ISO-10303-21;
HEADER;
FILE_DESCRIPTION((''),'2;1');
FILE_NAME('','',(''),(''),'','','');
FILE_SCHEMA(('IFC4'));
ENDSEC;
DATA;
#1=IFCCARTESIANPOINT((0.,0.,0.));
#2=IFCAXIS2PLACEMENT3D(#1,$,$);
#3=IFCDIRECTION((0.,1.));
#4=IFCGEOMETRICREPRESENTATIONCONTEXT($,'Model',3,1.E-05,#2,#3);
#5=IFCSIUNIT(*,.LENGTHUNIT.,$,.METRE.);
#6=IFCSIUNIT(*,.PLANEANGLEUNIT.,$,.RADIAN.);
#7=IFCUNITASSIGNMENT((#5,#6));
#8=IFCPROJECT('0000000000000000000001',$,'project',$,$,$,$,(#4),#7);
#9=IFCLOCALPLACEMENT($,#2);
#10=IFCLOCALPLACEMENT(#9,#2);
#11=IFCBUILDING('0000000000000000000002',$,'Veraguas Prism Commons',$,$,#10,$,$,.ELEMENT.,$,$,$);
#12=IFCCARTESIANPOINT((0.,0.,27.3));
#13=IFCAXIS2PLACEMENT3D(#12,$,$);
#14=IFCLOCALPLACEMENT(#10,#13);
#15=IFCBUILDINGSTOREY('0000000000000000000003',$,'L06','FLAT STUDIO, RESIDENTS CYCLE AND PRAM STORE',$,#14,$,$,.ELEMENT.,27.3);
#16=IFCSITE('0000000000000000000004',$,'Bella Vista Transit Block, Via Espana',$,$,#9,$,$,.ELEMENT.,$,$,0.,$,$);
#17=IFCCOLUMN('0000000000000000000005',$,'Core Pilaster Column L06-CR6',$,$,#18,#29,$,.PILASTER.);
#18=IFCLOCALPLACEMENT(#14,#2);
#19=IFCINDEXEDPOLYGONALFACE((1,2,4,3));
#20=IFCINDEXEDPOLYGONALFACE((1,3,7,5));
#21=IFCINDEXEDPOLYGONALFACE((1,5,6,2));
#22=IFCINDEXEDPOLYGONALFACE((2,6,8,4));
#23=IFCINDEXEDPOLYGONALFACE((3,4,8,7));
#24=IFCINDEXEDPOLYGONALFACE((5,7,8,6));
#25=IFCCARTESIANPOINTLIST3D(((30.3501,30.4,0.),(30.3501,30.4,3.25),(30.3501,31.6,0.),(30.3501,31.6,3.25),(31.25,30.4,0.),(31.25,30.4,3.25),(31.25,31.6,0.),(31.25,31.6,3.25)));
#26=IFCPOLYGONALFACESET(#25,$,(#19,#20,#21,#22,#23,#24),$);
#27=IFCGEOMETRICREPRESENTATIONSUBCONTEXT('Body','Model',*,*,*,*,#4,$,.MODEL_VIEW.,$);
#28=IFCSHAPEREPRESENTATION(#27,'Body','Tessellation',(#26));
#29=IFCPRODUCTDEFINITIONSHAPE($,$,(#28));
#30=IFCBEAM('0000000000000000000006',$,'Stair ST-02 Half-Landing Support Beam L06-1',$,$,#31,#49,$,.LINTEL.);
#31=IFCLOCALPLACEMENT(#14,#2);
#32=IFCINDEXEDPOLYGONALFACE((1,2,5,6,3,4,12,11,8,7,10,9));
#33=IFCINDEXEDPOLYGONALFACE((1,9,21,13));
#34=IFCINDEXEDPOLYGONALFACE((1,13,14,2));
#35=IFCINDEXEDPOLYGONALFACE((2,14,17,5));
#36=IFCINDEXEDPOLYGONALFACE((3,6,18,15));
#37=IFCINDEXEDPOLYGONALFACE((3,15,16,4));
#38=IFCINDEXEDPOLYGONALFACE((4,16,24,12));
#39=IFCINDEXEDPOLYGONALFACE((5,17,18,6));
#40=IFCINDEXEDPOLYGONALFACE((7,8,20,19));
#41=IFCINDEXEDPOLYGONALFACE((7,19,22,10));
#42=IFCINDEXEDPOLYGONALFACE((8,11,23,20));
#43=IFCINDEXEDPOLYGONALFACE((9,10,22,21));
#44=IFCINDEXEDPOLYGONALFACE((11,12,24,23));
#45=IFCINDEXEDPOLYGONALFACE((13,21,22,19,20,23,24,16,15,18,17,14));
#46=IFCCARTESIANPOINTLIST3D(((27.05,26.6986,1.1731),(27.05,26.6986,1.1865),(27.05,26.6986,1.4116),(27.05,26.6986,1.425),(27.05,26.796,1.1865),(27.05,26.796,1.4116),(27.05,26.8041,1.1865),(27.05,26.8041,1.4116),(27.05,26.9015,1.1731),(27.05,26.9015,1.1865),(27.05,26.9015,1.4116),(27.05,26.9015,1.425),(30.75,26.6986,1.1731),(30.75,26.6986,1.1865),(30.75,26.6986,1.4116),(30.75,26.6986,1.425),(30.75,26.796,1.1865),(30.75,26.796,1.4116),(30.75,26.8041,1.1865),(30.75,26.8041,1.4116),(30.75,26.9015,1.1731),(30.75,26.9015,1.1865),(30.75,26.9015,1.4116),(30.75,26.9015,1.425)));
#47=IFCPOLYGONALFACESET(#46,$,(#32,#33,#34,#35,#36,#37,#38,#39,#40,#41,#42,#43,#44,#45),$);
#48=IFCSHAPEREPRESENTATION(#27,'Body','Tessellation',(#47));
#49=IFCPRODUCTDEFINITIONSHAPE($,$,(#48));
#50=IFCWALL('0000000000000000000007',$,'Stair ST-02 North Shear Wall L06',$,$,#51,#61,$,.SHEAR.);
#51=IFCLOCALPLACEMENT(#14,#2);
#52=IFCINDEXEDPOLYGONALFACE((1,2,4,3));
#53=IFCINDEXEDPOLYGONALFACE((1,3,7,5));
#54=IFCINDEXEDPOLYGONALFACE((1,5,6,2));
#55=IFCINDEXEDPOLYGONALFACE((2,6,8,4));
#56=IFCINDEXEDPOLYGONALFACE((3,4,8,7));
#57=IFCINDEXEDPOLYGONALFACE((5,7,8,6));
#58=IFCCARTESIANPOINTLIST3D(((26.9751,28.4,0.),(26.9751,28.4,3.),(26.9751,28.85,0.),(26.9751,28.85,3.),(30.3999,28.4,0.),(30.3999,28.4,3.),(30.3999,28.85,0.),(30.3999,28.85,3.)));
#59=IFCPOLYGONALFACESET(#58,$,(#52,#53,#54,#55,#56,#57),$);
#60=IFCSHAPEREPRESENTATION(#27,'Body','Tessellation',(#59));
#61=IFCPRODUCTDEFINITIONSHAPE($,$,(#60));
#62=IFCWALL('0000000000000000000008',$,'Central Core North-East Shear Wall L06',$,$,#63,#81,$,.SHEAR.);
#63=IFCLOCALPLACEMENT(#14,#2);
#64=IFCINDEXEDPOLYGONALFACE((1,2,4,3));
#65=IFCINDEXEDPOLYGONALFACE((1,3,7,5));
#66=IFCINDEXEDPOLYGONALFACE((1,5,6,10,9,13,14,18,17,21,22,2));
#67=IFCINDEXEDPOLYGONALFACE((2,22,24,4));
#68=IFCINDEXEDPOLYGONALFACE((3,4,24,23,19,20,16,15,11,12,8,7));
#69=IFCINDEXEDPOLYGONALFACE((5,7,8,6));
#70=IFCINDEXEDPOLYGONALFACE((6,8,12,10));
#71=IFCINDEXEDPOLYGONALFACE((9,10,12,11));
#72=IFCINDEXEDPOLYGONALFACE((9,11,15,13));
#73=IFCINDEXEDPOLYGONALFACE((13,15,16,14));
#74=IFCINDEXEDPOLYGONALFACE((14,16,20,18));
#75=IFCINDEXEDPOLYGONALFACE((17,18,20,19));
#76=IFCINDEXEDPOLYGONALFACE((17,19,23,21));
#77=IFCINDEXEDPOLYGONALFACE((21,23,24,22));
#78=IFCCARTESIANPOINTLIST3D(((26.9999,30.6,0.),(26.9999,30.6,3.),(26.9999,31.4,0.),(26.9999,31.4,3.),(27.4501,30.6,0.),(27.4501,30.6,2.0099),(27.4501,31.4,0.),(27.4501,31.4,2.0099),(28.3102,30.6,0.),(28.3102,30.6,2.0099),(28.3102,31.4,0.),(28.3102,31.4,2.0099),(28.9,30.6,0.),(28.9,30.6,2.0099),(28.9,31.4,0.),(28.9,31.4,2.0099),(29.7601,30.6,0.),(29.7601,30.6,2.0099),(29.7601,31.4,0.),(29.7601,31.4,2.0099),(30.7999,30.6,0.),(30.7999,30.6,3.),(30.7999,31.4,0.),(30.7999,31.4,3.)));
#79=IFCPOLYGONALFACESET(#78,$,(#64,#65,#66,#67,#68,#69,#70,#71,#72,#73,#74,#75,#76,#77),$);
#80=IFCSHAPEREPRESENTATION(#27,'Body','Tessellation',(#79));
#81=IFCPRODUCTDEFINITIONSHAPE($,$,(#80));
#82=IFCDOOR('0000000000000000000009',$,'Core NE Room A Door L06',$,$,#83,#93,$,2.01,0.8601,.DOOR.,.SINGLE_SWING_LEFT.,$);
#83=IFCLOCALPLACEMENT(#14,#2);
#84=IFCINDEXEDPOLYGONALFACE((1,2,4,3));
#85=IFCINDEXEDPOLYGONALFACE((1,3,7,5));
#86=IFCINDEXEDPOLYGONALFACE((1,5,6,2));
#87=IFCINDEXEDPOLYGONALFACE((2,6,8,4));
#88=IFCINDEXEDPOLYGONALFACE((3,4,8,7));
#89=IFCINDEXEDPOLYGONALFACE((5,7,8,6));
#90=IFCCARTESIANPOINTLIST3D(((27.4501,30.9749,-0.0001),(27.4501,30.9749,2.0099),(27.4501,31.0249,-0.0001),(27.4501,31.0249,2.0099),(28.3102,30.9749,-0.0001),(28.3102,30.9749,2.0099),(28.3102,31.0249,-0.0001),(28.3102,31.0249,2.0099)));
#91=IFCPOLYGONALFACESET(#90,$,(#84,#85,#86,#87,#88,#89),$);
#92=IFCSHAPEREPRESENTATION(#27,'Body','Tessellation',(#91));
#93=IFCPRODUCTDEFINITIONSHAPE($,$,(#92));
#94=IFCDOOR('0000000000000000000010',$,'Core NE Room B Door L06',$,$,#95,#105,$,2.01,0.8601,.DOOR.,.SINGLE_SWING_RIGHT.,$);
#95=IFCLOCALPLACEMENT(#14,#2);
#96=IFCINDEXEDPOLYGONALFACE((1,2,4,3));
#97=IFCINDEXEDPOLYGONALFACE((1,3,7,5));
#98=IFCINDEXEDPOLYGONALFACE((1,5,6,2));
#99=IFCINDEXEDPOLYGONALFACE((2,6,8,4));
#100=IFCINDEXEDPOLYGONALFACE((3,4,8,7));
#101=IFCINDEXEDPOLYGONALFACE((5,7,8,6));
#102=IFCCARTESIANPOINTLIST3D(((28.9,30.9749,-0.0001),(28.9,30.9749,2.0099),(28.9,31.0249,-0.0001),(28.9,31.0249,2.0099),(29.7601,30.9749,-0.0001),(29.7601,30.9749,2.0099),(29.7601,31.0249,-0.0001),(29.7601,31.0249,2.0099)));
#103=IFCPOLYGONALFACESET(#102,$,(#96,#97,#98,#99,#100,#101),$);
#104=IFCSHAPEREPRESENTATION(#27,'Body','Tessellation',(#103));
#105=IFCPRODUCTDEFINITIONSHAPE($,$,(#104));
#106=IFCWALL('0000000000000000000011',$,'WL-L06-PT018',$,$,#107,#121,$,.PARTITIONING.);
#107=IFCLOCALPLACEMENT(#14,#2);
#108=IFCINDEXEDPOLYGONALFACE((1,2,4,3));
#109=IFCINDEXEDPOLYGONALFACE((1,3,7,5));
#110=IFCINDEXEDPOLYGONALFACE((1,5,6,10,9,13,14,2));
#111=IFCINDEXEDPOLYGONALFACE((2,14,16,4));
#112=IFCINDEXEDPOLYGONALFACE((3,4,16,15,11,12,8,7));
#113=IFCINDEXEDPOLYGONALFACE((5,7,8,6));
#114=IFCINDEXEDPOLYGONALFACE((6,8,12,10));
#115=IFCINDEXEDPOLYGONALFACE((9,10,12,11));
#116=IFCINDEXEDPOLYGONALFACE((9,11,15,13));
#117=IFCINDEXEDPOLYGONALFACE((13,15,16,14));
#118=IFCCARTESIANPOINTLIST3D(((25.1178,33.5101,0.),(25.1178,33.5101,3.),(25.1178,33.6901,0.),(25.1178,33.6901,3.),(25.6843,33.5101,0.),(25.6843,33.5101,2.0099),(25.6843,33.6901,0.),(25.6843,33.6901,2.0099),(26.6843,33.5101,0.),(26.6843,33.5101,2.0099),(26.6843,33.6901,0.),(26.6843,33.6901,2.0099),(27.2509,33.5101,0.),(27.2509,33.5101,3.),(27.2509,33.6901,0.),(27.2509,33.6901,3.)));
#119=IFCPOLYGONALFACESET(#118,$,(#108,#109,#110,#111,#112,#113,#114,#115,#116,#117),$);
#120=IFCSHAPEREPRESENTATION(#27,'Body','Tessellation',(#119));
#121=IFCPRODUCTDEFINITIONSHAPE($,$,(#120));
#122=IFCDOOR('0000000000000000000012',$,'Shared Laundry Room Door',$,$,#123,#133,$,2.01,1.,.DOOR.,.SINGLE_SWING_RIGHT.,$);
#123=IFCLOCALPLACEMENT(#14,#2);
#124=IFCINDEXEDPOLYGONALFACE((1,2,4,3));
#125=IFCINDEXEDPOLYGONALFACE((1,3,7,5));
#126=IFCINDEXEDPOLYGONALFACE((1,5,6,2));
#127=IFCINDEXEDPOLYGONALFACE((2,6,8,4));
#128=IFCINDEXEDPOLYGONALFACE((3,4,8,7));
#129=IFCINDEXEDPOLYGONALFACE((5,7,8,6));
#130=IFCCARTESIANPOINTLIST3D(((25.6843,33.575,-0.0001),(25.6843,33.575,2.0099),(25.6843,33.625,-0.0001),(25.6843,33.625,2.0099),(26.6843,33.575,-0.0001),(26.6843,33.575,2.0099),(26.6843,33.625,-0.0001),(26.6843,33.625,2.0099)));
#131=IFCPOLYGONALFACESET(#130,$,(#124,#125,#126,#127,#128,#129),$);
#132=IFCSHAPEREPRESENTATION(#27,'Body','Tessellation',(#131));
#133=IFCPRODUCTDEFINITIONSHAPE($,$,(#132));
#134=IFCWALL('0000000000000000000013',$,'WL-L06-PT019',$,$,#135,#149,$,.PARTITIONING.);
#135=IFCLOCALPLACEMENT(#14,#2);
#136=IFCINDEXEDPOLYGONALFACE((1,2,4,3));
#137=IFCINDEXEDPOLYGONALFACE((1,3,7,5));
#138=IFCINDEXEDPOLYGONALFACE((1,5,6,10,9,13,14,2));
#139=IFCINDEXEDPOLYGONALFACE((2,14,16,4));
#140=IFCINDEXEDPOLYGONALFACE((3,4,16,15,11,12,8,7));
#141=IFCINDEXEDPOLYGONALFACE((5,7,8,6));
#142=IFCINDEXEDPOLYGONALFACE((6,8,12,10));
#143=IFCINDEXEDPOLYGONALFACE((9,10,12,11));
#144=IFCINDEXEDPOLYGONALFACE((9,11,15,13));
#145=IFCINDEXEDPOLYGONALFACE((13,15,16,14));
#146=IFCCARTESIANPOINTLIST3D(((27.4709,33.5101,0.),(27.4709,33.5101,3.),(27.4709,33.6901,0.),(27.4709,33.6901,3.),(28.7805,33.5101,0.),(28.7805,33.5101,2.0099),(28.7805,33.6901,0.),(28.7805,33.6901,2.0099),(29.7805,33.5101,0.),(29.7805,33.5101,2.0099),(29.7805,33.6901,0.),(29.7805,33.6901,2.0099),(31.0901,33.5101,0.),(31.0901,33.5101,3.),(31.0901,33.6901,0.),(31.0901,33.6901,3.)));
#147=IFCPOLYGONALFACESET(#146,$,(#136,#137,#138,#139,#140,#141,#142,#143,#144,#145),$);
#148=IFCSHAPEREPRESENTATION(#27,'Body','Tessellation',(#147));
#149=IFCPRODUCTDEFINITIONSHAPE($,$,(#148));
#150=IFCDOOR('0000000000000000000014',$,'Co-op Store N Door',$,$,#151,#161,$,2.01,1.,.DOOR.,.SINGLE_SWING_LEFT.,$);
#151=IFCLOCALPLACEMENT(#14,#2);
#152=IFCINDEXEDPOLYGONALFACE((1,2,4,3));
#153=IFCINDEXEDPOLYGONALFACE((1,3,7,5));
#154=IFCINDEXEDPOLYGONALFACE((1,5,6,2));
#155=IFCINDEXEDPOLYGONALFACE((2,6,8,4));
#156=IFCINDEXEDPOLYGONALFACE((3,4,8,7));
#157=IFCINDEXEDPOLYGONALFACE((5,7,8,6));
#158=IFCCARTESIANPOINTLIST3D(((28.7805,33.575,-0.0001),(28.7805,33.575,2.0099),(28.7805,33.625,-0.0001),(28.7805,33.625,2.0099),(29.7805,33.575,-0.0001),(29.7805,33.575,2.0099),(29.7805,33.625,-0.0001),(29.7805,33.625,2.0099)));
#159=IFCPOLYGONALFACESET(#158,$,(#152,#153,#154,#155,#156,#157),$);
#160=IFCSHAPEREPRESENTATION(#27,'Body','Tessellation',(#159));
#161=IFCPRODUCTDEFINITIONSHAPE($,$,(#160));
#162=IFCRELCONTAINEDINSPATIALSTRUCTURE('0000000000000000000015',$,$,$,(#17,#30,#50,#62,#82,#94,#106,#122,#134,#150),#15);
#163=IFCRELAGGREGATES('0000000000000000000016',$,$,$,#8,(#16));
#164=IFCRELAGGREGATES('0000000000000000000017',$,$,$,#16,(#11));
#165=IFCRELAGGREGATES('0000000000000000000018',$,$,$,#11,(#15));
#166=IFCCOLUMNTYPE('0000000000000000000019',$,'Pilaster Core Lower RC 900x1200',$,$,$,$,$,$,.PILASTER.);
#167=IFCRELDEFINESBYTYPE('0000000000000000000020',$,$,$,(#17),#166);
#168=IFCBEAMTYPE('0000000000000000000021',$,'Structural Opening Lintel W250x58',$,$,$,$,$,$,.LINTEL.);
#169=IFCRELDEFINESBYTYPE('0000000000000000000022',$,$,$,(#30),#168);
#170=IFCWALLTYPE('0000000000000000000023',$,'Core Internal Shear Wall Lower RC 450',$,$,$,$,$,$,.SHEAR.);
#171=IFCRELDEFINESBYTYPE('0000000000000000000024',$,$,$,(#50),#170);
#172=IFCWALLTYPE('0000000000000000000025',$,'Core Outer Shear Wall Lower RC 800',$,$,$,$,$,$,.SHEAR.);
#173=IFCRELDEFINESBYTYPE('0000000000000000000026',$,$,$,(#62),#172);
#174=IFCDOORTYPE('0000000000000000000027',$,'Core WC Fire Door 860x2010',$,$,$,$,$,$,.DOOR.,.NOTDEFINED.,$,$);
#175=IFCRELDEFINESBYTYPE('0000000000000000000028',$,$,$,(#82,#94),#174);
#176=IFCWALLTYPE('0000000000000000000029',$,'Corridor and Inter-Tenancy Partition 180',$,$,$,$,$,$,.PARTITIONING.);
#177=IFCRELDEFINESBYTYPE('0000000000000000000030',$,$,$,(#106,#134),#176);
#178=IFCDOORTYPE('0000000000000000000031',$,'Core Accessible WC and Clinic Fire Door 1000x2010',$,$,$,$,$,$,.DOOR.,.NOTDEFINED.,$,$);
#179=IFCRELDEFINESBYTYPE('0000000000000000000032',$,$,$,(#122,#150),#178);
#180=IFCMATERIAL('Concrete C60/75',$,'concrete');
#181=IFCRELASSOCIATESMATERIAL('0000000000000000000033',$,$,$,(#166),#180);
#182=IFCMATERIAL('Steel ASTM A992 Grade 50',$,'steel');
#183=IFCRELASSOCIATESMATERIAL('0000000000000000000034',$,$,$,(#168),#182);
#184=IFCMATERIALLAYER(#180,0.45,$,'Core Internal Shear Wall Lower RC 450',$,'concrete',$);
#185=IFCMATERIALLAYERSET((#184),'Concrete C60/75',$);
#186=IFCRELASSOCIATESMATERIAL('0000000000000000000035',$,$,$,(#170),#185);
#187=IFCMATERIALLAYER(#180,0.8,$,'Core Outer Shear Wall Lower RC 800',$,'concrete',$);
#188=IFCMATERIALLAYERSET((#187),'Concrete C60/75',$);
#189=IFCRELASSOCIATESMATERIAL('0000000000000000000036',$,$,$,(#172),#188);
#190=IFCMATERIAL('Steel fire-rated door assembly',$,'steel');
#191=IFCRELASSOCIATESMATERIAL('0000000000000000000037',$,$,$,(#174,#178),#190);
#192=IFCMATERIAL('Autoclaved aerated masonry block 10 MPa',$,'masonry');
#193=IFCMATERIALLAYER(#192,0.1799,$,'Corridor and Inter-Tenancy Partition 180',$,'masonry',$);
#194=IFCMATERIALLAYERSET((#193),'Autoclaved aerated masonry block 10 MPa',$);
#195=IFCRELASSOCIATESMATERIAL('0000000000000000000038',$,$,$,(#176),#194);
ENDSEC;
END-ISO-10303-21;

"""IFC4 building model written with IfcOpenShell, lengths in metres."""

from ifc_helpers import new_model, si_unit, direction, frame, frame_2d, origin, origin_2d, place, context, subcontext, project, spatial, rectangle, i_section, extrude, source, transform, mapped, material, layer, layer_set, material_profile, profile_set, type_object, element, fill, save


model = new_model("IFC4")

# Units and contexts
model_context = context("Model", 3, precision=1e-05, world=origin(), true_north=direction((0.0, 1.0)))
body_context = subcontext(model_context, "Body", "Model", "MODEL_VIEW")
ifc_project = project(units=[si_unit("LENGTHUNIT", "METRE"), si_unit("PLANEANGLEUNIT", "RADIAN")], contexts=[model_context])

# Site, building, storey
site_placement = place(None, origin())
site = spatial("IfcSite", under=ifc_project, at=site_placement, Name="Bella Vista Transit Block, Via Espana", CompositionType="ELEMENT", RefElevation=0.0)
building_placement = place(site_placement, origin())
building = spatial("IfcBuilding", under=site, at=building_placement, Name="Veraguas Prism Commons", CompositionType="ELEMENT")
storey_placement = place(building_placement, frame((0.0, 0.0, 27.3)))
storey = spatial("IfcBuildingStorey", under=building, at=storey_placement, Name="L06", Description="FLAT STUDIO, RESIDENTS CYCLE AND PRAM STORE", CompositionType="ELEMENT", Elevation=27.3)

# Column
ifc_material_1 = material(Name="Concrete C60/75", Category="concrete")
ifc_material_profile_1 = material_profile(ifc_material_1, rectangle(XDim=0.8999, YDim=1.2, at=origin_2d()), Name="RC900X1200")
ifc_profile_set_1 = profile_set([ifc_material_profile_1], Name="Concrete C60/75")
column_type = type_object("IfcColumnType", Name="Pilaster Core Lower RC 900x1200", PredefinedType="PILASTER", material=ifc_profile_set_1)
column_placement = place(storey_placement, frame((30.8, 31.0, 0.0), z_axis=(0.0, 0.0, 1.0), x_axis=(1.0, 0.0, 0.0)))
element("IfcColumn", 1, at=column_placement, inside=storey, type_object=column_type, Name="Core Pilaster Column L06-CR6", PredefinedType="PILASTER", context=body_context, shape_type="SweptSolid", body=[
    extrude(rectangle(XDim=0.8999, YDim=1.2, at=origin_2d()), origin(), (0.0, 0.0, 1.0), 3.25),
])

# Beam
ifc_material_2 = material(Name="Steel ASTM A992 Grade 50", Category="steel")
ifc_material_profile_2 = material_profile(ifc_material_2, i_section(OverallWidth=0.2029, OverallDepth=0.252, WebThickness=0.0081, FlangeThickness=0.0134, at=origin_2d()), Name="W250X58")
ifc_profile_set_2 = profile_set([ifc_material_profile_2], Name="Steel ASTM A992 Grade 50")
beam_type = type_object("IfcBeamType", Name="Structural Opening Lintel W250x58", PredefinedType="LINTEL", material=ifc_profile_set_2)
beam_placement = place(storey_placement, frame((27.05, 26.8, 1.2991), z_axis=(1.0, 0.0, 0.0), x_axis=(0.0, 1.0, 0.0)))
element("IfcBeam", 2, at=beam_placement, inside=storey, type_object=beam_type, Name="Stair ST-02 Half-Landing Support Beam L06-1", PredefinedType="LINTEL", context=body_context, shape_type="SweptSolid", body=[
    extrude(i_section(OverallWidth=0.2029, OverallDepth=0.252, WebThickness=0.0081, FlangeThickness=0.0134, at=origin_2d()), origin(), (0.0, 0.0, 1.0), 3.7),
])

# Wall
ifc_layer_1 = layer(ifc_material_1, 0.45, Name="Core Internal Shear Wall Lower RC 450", Category="concrete")
ifc_layer_set_1 = layer_set([ifc_layer_1], Name="Concrete C60/75")
wall_type_1 = type_object("IfcWallType", Name="Core Internal Shear Wall Lower RC 450", PredefinedType="SHEAR", material=ifc_layer_set_1)
wall_1_placement = place(storey_placement, frame((26.9751, 28.625, 0.0), z_axis=(0.0, 0.0, 1.0), x_axis=(1.0, 0.0, 0.0)))
element("IfcWall", 3, at=wall_1_placement, inside=storey, type_object=wall_type_1, Name="Stair ST-02 North Shear Wall L06", PredefinedType="SHEAR", context=body_context, shape_type="SweptSolid", body=[
    extrude(rectangle(XDim=3.4248, YDim=0.45, at=frame_2d((1.7124, 0.0))), origin(), (0.0, 0.0, 1.0), 3.0),
])

# Wall, openings, doors
ifc_layer_2 = layer(ifc_material_1, 0.8, Name="Core Outer Shear Wall Lower RC 800", Category="concrete")
ifc_layer_set_2 = layer_set([ifc_layer_2], Name="Concrete C60/75")
wall_type_2 = type_object("IfcWallType", Name="Core Outer Shear Wall Lower RC 800", PredefinedType="SHEAR", material=ifc_layer_set_2)
wall_2_placement = place(storey_placement, frame((27.0, 31.0, 0.0), z_axis=(0.0, 0.0, 1.0), x_axis=(1.0, 0.0, 0.0)))
wall_2 = element("IfcWall", 4, at=wall_2_placement, inside=storey, type_object=wall_type_2, Name="Central Core North-East Shear Wall L06", PredefinedType="SHEAR", context=body_context, shape_type="SweptSolid", body=[
    extrude(rectangle(XDim=3.8, YDim=0.8, at=frame_2d((1.8999, 0.0))), origin(), (0.0, 0.0, 1.0), 3.0),
])
opening_1_placement = place(wall_2_placement, frame((0.45, 0.0, 0.0)))
opening_1 = element("IfcOpeningElement", 5, at=opening_1_placement, cuts=wall_2, PredefinedType="OPENING", context=body_context, shape_type="SweptSolid", body=[
    extrude(rectangle(XDim=0.8601, YDim=2.01, at=frame_2d((0.4302, 1.0049))), frame((0.0, 0.4099, 0.0), z_axis=(0.0, -1.0, 0.0), x_axis=(1.0, 0.0, 0.0)), (0.0, 0.0, 1.0), 0.8201),
])
opening_2_placement = place(wall_2_placement, frame((1.8999, 0.0, 0.0)))
opening_2 = element("IfcOpeningElement", 6, at=opening_2_placement, cuts=wall_2, PredefinedType="OPENING", context=body_context, shape_type="SweptSolid", body=[
    extrude(rectangle(XDim=0.8601, YDim=2.01, at=frame_2d((0.4302, 1.0049))), frame((0.0, 0.4099, 0.0), z_axis=(0.0, -1.0, 0.0), x_axis=(1.0, 0.0, 0.0)), (0.0, 0.0, 1.0), 0.8201),
])
ifc_material_3 = material(Name="Steel fire-rated door assembly", Category="steel")
door_type_1 = type_object("IfcDoorType", Name="Core WC Fire Door 860x2010", OperationType="NOTDEFINED", PredefinedType="DOOR", material=ifc_material_3)
shared_shape_1 = source(origin(), body_context, "Body", "SweptSolid", [
    extrude(rectangle(XDim=0.8601, YDim=2.01, at=frame_2d((0.4302, 1.0049))), frame((0.0, 0.0249, 0.0), z_axis=(0.0, -1.0, 0.0), x_axis=(1.0, 0.0, 0.0)), (0.0, 0.0, 1.0), 0.05),
])
door_1_placement = place(opening_1_placement, origin())
door_1 = element("IfcDoor", 7, at=door_1_placement, inside=storey, type_object=door_type_1, Name="Core NE Room A Door L06", OperationType="SINGLE_SWING_LEFT", OverallHeight=2.01, OverallWidth=0.8601, PredefinedType="DOOR", context=body_context, shape_type="MappedRepresentation", body=[
    mapped(shared_shape_1, transform((0.0, 0.0, 0.0), scale=1.0)),
])
fill(opening_1, door_1)
door_2_placement = place(opening_2_placement, origin())
door_2 = element("IfcDoor", 8, at=door_2_placement, inside=storey, type_object=door_type_1, Name="Core NE Room B Door L06", OperationType="SINGLE_SWING_RIGHT", OverallHeight=2.01, OverallWidth=0.8601, PredefinedType="DOOR", context=body_context, shape_type="MappedRepresentation", body=[
    mapped(shared_shape_1, transform((0.0, 0.0, 0.0), scale=1.0)),
])
fill(opening_2, door_2)

# Walls, openings, doors
ifc_material_4 = material(Name="Autoclaved aerated masonry block 10 MPa", Category="masonry")
ifc_layer_3 = layer(ifc_material_4, 0.1799, Name="Corridor and Inter-Tenancy Partition 180", Category="masonry")
ifc_layer_set_3 = layer_set([ifc_layer_3], Name="Autoclaved aerated masonry block 10 MPa")
wall_type_3 = type_object("IfcWallType", Name="Corridor and Inter-Tenancy Partition 180", PredefinedType="PARTITIONING", material=ifc_layer_set_3)
wall_3_placement = place(storey_placement, frame((25.1179, 33.6001, 0.0), z_axis=(0.0, 0.0, 1.0), x_axis=(1.0, 0.0, 0.0)))
wall_3 = element("IfcWall", 9, at=wall_3_placement, inside=storey, type_object=wall_type_3, Name="WL-L06-PT018", PredefinedType="PARTITIONING", context=body_context, shape_type="SweptSolid", body=[
    extrude(rectangle(XDim=2.1331, YDim=0.1799, at=frame_2d((1.0664, 0.0))), origin(), (0.0, 0.0, 1.0), 3.0),
])
opening_3_placement = place(wall_3_placement, frame((0.5664, 0.0, 0.0)))
opening_3 = element("IfcOpeningElement", 10, at=opening_3_placement, cuts=wall_3, PredefinedType="OPENING", context=body_context, shape_type="SweptSolid", body=[
    extrude(rectangle(XDim=1.0, YDim=2.01, at=frame_2d((0.5, 1.0049))), frame((0.0, 0.0999, 0.0), z_axis=(0.0, -1.0, 0.0), x_axis=(1.0, 0.0, 0.0)), (0.0, 0.0, 1.0), 0.2),
])
door_type_2 = type_object("IfcDoorType", Name="Core Accessible WC and Clinic Fire Door 1000x2010", OperationType="NOTDEFINED", PredefinedType="DOOR", material=ifc_material_3)
shared_shape_2 = source(origin(), body_context, "Body", "SweptSolid", [
    extrude(rectangle(XDim=1.0, YDim=2.01, at=frame_2d((0.5, 1.0049))), frame((0.0, 0.0249, 0.0), z_axis=(0.0, -1.0, 0.0), x_axis=(1.0, 0.0, 0.0)), (0.0, 0.0, 1.0), 0.05),
])
door_3_placement = place(opening_3_placement, origin())
door_3 = element("IfcDoor", 11, at=door_3_placement, inside=storey, type_object=door_type_2, Name="Shared Laundry Room Door", OperationType="SINGLE_SWING_RIGHT", OverallHeight=2.01, OverallWidth=1.0, PredefinedType="DOOR", context=body_context, shape_type="MappedRepresentation", body=[
    mapped(shared_shape_2, transform((0.0, 0.0, 0.0), scale=1.0)),
])
fill(opening_3, door_3)
wall_4_placement = place(storey_placement, frame((27.4709, 33.6001, 0.0), z_axis=(0.0, 0.0, 1.0), x_axis=(1.0, 0.0, 0.0)))
wall_4 = element("IfcWall", 12, at=wall_4_placement, inside=storey, type_object=wall_type_3, Name="WL-L06-PT019", PredefinedType="PARTITIONING", context=body_context, shape_type="SweptSolid", body=[
    extrude(rectangle(XDim=3.6191, YDim=0.1799, at=frame_2d((1.8096, 0.0))), origin(), (0.0, 0.0, 1.0), 3.0),
])
opening_4_placement = place(wall_4_placement, frame((1.3096, 0.0, 0.0)))
opening_4 = element("IfcOpeningElement", 13, at=opening_4_placement, cuts=wall_4, PredefinedType="OPENING", context=body_context, shape_type="SweptSolid", body=[
    extrude(rectangle(XDim=1.0, YDim=2.01, at=frame_2d((0.5, 1.0049))), frame((0.0, 0.0999, 0.0), z_axis=(0.0, -1.0, 0.0), x_axis=(1.0, 0.0, 0.0)), (0.0, 0.0, 1.0), 0.2),
])
door_4_placement = place(opening_4_placement, origin())
door_4 = element("IfcDoor", 14, at=door_4_placement, inside=storey, type_object=door_type_2, Name="Co-op Store N Door", OperationType="SINGLE_SWING_LEFT", OverallHeight=2.01, OverallWidth=1.0, PredefinedType="DOOR", context=body_context, shape_type="MappedRepresentation", body=[
    mapped(shared_shape_2, transform((0.0, 0.0, 0.0), scale=1.0)),
])
fill(opening_4, door_4)

save(model, "model.ifc")
